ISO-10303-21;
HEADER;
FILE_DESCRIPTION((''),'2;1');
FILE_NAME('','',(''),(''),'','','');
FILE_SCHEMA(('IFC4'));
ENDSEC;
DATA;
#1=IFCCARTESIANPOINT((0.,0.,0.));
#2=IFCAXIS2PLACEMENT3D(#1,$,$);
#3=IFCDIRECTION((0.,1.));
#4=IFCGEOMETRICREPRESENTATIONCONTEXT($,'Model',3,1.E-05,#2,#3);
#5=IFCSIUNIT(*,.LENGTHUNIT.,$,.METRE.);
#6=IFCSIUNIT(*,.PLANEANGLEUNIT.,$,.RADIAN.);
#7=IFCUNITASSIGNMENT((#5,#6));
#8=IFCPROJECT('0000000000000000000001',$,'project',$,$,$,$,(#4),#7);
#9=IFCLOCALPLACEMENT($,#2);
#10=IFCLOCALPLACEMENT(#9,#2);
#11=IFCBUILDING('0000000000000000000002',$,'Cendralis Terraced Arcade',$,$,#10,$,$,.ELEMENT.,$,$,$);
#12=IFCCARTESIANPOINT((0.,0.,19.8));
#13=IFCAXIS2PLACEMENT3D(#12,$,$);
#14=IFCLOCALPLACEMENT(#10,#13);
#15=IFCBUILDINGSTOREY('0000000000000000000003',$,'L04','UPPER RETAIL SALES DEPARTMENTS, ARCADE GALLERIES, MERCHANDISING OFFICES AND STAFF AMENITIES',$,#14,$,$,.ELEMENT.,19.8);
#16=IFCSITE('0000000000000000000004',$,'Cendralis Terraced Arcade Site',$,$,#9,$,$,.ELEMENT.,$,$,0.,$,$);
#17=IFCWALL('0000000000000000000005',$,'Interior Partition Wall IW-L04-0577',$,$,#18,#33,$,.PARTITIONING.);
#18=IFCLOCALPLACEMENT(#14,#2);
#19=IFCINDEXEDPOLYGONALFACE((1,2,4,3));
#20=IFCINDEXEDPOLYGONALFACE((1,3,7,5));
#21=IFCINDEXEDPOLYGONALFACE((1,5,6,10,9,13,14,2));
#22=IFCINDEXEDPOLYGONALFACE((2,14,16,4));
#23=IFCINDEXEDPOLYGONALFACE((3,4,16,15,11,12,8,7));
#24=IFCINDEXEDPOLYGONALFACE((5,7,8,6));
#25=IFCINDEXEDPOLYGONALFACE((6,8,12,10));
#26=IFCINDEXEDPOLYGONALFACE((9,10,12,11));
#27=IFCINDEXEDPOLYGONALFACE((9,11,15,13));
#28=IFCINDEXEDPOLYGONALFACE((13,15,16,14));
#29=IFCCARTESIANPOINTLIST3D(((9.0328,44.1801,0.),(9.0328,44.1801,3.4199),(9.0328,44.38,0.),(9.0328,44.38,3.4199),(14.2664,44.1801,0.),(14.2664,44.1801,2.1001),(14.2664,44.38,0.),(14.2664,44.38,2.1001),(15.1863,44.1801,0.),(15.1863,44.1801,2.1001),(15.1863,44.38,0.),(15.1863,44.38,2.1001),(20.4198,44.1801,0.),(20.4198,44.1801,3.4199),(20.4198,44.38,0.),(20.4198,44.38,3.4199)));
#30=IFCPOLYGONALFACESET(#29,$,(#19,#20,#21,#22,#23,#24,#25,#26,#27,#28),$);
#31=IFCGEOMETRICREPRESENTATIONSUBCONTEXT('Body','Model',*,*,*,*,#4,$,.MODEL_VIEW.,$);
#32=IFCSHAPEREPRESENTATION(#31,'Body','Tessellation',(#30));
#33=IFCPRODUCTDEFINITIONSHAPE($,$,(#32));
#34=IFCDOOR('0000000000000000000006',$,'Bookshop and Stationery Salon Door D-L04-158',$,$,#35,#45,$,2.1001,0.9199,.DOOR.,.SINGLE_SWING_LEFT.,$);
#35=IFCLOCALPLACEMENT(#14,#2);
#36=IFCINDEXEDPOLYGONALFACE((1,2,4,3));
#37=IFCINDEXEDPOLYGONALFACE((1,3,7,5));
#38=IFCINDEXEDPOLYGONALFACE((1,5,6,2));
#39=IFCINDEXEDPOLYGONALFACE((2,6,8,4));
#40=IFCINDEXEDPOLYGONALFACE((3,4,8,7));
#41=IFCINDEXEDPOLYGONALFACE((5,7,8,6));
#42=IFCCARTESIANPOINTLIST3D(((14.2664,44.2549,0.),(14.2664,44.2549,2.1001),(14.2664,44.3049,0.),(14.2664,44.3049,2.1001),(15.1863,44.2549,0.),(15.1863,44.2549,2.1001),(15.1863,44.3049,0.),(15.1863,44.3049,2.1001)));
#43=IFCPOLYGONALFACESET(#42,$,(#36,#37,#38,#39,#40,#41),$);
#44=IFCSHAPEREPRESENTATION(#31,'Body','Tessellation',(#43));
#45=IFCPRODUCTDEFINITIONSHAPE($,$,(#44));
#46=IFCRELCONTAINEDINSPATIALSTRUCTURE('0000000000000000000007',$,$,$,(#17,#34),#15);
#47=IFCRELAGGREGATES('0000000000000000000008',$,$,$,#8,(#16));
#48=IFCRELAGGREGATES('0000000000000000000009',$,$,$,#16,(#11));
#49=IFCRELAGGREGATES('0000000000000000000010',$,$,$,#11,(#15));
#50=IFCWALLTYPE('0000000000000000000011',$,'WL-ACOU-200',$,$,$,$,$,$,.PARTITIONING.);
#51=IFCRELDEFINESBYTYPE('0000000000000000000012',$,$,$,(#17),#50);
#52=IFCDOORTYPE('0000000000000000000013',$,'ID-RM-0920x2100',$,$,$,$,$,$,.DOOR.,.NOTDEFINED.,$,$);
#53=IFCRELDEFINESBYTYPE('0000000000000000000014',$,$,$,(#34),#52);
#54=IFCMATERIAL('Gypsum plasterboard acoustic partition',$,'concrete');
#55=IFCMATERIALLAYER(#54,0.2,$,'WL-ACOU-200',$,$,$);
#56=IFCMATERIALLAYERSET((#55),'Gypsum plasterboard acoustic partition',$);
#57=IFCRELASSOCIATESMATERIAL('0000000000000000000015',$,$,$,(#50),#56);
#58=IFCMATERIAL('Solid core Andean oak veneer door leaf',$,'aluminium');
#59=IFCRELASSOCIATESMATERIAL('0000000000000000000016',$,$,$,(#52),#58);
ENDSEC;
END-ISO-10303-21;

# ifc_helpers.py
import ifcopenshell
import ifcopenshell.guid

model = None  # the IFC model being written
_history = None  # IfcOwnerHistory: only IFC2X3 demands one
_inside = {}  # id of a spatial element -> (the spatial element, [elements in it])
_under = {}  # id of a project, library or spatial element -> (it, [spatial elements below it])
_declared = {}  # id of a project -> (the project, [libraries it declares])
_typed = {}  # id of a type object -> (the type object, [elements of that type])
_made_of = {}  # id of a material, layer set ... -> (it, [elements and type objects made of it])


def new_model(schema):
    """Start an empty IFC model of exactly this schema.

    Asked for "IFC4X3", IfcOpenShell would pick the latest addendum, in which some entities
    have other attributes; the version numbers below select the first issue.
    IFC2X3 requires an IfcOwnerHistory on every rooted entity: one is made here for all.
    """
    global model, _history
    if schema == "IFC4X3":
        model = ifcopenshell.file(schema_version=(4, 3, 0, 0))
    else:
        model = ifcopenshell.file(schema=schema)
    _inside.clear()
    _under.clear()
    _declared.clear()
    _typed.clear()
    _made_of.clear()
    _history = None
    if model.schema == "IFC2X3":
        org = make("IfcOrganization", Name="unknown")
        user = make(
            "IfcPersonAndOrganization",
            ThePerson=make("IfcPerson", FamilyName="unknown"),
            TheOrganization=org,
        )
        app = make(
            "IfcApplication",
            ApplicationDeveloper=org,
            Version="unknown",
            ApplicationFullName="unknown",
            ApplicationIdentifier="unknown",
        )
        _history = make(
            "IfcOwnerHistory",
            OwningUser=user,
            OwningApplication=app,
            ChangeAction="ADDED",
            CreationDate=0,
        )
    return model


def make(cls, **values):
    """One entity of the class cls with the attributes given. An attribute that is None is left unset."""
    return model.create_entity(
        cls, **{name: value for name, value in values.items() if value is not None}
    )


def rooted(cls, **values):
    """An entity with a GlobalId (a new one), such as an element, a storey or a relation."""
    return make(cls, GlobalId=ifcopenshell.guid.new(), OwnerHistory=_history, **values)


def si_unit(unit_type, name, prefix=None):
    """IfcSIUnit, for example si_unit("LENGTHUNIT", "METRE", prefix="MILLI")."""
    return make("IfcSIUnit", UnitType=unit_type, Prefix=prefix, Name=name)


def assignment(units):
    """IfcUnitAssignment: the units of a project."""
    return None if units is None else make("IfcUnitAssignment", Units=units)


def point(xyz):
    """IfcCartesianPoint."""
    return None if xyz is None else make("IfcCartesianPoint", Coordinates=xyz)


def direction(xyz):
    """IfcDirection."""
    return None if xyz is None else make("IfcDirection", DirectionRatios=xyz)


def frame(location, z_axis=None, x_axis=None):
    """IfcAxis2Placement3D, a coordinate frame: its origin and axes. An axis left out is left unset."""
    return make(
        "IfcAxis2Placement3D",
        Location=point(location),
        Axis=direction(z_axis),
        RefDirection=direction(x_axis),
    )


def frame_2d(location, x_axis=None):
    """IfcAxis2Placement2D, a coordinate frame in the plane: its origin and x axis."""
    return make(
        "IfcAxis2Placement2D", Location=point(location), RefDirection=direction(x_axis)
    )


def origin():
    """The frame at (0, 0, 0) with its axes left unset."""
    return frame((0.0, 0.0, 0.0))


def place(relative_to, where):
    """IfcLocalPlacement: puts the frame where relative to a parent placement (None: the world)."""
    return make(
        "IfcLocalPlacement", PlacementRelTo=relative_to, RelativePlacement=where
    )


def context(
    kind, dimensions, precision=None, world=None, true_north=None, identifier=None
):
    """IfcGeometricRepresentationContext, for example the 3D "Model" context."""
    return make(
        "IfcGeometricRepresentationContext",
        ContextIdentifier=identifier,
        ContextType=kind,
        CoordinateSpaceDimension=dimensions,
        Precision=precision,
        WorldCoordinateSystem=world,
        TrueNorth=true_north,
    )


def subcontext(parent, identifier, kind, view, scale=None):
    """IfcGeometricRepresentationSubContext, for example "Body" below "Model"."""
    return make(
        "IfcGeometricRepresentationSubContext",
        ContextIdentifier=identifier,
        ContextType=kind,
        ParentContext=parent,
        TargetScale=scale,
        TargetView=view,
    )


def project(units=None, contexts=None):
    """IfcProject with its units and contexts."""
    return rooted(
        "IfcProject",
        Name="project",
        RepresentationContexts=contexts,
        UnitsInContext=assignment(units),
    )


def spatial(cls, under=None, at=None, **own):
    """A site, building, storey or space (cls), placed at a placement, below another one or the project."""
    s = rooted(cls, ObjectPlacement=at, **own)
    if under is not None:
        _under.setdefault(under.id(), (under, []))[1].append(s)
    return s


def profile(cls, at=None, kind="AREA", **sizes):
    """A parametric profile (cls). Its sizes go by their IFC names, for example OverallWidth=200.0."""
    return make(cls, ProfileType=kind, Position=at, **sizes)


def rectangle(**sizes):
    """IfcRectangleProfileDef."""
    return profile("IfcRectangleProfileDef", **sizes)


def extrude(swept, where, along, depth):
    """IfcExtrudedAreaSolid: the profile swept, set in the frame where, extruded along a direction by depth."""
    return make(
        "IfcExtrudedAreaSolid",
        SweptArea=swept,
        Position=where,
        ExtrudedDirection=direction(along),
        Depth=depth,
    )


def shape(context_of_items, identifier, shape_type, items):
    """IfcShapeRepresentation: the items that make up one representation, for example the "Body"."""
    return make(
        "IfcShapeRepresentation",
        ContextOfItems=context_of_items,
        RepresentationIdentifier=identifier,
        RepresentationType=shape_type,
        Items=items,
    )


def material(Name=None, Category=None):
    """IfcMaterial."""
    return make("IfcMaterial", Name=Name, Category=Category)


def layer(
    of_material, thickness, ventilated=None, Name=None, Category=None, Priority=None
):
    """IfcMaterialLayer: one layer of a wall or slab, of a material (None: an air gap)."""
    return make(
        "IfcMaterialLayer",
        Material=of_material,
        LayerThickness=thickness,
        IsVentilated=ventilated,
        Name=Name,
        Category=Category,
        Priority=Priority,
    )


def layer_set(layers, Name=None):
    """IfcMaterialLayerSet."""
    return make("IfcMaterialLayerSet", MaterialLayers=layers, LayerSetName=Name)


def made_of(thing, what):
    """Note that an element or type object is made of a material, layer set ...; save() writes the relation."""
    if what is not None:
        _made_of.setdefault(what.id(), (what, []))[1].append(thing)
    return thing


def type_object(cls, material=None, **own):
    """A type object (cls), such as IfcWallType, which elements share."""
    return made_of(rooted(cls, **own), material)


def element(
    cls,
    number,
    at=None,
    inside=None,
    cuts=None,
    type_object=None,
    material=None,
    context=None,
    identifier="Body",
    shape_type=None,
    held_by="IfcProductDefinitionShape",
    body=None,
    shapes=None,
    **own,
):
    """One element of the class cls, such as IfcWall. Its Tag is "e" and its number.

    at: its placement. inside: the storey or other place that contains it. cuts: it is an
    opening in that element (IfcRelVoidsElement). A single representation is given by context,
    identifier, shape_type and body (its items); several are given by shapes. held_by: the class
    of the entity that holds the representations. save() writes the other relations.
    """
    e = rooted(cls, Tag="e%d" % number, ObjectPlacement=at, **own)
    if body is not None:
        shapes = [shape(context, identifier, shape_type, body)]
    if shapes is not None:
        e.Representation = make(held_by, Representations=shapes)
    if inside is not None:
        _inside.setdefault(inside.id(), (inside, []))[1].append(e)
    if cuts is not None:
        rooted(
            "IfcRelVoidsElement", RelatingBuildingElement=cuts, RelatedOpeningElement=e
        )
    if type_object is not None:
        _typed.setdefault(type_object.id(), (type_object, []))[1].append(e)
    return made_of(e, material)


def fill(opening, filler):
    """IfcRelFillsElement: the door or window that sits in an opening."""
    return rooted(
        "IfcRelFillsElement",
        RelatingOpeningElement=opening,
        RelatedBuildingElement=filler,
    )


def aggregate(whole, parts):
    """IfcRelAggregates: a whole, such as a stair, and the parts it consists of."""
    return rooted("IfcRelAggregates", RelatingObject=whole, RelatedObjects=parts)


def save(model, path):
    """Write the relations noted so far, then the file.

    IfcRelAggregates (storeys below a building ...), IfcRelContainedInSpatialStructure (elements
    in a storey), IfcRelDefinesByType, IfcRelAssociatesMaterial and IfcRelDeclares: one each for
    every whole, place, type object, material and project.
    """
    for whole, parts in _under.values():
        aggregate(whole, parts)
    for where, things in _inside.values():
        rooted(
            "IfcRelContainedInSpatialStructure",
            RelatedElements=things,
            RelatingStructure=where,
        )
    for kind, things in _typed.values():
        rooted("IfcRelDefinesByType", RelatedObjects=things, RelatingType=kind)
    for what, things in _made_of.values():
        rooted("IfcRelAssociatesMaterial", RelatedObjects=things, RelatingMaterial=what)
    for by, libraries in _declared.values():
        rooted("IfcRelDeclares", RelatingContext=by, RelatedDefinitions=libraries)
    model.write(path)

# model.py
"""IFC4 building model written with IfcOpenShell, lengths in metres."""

from ifc_helpers import new_model, si_unit, direction, frame, frame_2d, origin, place, context, subcontext, project, spatial, rectangle, extrude, material, layer, layer_set, type_object, element, fill, save


model = new_model("IFC4")

# Units and contexts
model_context = context("Model", 3, precision=1e-05, world=origin(), true_north=direction((0.0, 1.0)))
body_context = subcontext(model_context, "Body", "Model", "MODEL_VIEW")
ifc_project = project(units=[si_unit("LENGTHUNIT", "METRE"), si_unit("PLANEANGLEUNIT", "RADIAN")], contexts=[model_context])

# Site, building, storey
site_placement = place(None, origin())
site = spatial("IfcSite", under=ifc_project, at=site_placement, Name="Cendralis Terraced Arcade Site", CompositionType="ELEMENT", RefElevation=0.0)
building_placement = place(site_placement, origin())
building = spatial("IfcBuilding", under=site, at=building_placement, Name="Cendralis Terraced Arcade", CompositionType="ELEMENT")
storey_placement = place(building_placement, frame((0.0, 0.0, 19.8)))
storey = spatial("IfcBuildingStorey", under=building, at=storey_placement, Name="L04", Description="UPPER RETAIL SALES DEPARTMENTS, ARCADE GALLERIES, MERCHANDISING OFFICES AND STAFF AMENITIES", CompositionType="ELEMENT", Elevation=19.8)

# Wall, opening, door
ifc_material_1 = material(Name="Gypsum plasterboard acoustic partition", Category="concrete")
ifc_layer_1 = layer(ifc_material_1, 0.2, Name="WL-ACOU-200")
ifc_layer_set_1 = layer_set([ifc_layer_1], Name="Gypsum plasterboard acoustic partition")
wall_type = type_object("IfcWallType", Name="WL-ACOU-200", PredefinedType="PARTITIONING", material=ifc_layer_set_1)
wall_placement = place(storey_placement, frame((9.033, 44.28, 0.0), z_axis=(0.0, 0.0, 1.0), x_axis=(1.0, 0.0, 0.0)))
wall = element("IfcWall", 1, at=wall_placement, inside=storey, type_object=wall_type, Name="Interior Partition Wall IW-L04-0577", PredefinedType="PARTITIONING", context=body_context, shape_type="SweptSolid", body=[
    extrude(rectangle(XDim=11.387, YDim=0.2, at=frame_2d((5.6934, 0.0))), origin(), (0.0, 0.0, 1.0), 3.4199),
])
opening_placement = place(wall_placement, frame((5.2334, 0.0, 0.0)))
opening = element("IfcOpeningElement", 2, at=opening_placement, cuts=wall, PredefinedType="OPENING", context=body_context, shape_type="SweptSolid", body=[
    extrude(rectangle(XDim=0.9199, YDim=2.1001, at=frame_2d((0.46, 1.05))), frame((0.0, 0.1118, 0.0), z_axis=(0.0, -1.0, 0.0), x_axis=(1.0, 0.0, 0.0)), (0.0, 0.0, 1.0), 0.2239),
])
ifc_material_2 = material(Name="Solid core Andean oak veneer door leaf", Category="aluminium")
door_type = type_object("IfcDoorType", Name="ID-RM-0920x2100", OperationType="NOTDEFINED", PredefinedType="DOOR", material=ifc_material_2)
door_placement = place(opening_placement, origin())
door = element("IfcDoor", 3, at=door_placement, inside=storey, type_object=door_type, Name="Bookshop and Stationery Salon Door D-L04-158", OperationType="SINGLE_SWING_LEFT", OverallHeight=2.1001, OverallWidth=0.9199, PredefinedType="DOOR", context=body_context, shape_type="SweptSolid", body=[
    extrude(rectangle(XDim=0.9199, YDim=2.1001, at=frame_2d((0.46, 1.05))), frame((0.0, 0.0249, 0.0), z_axis=(0.0, -1.0, 0.0), x_axis=(1.0, 0.0, 0.0)), (0.0, 0.0, 1.0), 0.05),
])
fill(opening, door)

save(model, "model.ifc")
